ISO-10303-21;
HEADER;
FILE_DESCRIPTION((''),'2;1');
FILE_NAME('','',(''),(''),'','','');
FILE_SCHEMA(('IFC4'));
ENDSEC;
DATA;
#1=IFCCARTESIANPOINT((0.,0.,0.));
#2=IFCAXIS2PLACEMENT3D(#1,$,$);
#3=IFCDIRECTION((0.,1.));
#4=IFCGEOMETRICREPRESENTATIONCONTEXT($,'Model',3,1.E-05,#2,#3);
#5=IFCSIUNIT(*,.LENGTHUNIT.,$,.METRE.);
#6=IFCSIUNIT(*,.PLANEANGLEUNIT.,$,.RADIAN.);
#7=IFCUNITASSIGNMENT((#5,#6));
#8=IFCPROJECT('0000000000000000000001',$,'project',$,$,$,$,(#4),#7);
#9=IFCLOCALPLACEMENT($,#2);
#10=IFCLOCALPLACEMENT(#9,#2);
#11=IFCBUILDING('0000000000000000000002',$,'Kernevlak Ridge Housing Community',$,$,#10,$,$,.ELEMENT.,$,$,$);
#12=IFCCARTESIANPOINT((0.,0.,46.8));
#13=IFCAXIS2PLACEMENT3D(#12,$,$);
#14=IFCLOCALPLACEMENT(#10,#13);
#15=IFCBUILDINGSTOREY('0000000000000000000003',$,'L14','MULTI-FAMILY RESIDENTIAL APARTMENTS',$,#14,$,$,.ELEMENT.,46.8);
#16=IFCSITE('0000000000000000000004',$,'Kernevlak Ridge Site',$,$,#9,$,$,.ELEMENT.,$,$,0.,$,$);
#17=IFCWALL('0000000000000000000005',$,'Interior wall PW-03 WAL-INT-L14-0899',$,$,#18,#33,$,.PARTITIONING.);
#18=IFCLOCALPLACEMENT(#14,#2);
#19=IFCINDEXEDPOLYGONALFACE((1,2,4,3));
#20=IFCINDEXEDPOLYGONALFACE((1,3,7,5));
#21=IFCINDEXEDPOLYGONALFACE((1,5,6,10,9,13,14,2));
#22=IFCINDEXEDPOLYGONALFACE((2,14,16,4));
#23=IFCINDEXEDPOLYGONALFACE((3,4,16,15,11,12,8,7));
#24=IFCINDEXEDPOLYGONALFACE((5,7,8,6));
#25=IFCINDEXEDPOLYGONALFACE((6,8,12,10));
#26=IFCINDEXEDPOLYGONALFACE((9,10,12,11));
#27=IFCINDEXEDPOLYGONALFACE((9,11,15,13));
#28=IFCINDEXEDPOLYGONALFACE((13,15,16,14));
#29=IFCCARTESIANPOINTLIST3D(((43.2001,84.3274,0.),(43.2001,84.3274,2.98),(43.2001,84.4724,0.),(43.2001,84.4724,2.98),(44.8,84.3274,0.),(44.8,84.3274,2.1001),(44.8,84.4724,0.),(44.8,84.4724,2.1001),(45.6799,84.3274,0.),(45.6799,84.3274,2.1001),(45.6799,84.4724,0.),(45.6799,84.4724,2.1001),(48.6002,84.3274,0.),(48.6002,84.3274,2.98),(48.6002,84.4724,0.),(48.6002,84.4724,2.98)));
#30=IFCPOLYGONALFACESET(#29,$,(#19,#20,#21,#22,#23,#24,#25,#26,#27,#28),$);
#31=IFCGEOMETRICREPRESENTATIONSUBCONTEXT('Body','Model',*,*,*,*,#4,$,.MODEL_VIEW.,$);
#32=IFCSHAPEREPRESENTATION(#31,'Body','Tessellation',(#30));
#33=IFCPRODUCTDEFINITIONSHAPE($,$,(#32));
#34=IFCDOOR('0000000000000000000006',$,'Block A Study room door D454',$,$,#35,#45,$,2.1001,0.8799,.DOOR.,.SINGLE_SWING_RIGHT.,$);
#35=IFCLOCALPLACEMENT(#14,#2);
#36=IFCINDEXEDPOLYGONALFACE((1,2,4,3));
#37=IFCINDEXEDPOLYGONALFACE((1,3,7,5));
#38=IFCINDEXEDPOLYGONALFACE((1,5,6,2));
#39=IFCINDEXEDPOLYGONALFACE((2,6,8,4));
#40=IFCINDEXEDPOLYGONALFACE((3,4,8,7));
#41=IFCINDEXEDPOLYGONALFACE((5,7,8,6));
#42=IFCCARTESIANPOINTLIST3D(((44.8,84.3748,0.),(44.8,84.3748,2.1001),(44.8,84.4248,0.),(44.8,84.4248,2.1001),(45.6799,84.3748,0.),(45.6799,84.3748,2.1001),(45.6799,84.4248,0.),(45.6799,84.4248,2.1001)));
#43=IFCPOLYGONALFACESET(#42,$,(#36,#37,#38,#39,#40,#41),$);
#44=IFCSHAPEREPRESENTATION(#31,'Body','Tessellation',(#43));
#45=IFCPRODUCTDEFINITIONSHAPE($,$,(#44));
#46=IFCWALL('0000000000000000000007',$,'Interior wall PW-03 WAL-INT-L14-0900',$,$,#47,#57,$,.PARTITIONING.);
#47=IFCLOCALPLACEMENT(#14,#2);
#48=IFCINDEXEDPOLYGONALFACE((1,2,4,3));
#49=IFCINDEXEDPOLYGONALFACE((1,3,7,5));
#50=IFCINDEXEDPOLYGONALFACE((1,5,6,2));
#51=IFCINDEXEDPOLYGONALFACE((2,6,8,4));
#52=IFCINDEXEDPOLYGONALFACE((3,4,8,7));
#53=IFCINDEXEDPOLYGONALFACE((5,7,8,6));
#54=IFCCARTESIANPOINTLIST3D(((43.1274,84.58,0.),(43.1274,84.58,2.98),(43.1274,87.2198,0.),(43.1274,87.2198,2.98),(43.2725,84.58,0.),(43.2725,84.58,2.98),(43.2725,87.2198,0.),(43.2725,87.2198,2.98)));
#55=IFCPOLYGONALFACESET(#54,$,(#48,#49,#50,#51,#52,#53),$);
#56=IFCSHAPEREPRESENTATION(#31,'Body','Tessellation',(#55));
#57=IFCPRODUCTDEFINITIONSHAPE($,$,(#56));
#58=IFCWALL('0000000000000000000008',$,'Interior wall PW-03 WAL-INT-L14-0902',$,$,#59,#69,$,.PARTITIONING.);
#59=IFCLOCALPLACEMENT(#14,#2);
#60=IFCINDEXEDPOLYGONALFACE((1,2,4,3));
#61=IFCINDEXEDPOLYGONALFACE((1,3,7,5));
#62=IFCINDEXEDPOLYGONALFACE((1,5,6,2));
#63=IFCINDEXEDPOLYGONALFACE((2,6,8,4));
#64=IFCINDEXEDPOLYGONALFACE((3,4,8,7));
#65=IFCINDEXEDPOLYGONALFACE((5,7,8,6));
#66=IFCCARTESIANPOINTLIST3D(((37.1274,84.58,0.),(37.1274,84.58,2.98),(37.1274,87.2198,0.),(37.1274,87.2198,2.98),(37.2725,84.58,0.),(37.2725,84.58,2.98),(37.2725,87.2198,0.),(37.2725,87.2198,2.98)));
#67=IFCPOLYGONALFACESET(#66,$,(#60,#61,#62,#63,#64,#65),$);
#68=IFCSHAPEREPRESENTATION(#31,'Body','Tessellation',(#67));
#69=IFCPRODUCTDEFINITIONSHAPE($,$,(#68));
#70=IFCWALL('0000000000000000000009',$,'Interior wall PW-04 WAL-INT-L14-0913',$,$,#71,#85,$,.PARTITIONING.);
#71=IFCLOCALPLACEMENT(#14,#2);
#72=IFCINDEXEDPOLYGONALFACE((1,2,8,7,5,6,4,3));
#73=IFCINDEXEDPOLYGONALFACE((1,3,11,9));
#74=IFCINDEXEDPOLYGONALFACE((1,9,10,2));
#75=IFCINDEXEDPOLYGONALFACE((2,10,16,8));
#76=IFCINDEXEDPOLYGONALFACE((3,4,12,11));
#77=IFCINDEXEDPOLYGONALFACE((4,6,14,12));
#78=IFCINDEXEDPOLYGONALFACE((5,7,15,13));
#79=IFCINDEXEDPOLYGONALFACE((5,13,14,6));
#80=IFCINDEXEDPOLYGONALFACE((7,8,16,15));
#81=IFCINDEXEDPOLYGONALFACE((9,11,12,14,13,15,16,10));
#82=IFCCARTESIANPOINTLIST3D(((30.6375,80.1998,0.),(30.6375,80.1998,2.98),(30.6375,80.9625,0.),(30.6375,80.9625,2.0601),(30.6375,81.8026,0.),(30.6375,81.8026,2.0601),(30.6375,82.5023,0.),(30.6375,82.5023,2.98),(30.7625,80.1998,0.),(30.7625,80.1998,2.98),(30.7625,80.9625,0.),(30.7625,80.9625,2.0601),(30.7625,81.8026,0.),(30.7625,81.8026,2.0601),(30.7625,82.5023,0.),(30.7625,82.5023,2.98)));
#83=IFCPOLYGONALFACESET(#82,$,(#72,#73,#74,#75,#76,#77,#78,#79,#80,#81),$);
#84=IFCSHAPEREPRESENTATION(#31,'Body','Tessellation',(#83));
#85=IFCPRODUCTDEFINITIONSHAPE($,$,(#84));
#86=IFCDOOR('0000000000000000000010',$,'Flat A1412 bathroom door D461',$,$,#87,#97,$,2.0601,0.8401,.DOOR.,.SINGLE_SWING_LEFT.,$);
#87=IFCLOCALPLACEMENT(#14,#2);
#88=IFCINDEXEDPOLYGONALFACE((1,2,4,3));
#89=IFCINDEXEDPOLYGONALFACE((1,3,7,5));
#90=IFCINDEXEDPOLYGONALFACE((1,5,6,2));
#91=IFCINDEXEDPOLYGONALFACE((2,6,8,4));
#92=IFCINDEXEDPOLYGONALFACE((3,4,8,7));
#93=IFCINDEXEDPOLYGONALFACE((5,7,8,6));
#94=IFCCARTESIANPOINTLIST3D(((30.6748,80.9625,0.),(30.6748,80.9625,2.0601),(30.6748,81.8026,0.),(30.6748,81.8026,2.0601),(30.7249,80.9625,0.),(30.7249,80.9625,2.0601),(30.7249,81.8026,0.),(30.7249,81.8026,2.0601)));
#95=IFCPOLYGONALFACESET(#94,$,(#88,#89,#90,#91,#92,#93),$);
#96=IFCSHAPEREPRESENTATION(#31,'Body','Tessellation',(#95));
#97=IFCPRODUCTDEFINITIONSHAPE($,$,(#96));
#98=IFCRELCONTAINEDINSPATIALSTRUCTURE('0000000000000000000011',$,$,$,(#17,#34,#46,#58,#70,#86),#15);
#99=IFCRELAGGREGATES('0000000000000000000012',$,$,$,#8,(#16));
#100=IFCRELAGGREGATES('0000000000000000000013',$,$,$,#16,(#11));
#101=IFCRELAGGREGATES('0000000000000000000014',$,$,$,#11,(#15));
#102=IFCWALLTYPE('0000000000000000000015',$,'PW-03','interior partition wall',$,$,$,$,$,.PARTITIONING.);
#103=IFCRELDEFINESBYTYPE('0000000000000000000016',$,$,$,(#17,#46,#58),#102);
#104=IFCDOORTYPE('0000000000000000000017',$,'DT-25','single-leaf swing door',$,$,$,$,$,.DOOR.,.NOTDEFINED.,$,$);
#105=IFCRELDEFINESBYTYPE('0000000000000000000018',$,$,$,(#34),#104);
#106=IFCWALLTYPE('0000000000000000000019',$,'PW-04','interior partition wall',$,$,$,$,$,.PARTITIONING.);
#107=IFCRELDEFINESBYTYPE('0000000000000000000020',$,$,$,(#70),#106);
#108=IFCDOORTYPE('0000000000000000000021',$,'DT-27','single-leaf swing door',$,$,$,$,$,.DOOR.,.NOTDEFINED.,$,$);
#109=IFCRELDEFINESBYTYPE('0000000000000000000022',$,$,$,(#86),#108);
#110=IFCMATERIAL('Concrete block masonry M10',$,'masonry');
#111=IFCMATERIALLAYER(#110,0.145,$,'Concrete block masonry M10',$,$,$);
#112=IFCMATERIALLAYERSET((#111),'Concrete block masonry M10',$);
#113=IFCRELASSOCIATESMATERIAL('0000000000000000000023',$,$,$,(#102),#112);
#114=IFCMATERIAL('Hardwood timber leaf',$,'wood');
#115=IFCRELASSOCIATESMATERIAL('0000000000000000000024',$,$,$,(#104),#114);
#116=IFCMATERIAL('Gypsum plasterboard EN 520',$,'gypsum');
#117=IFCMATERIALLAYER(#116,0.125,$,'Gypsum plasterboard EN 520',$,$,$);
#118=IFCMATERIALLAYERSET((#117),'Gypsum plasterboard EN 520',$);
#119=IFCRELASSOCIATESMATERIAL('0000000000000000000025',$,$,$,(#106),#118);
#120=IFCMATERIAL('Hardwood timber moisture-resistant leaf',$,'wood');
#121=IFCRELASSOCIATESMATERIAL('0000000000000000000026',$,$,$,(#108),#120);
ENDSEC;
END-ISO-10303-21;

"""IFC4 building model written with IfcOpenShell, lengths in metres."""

from ifc_helpers import new_model, si_unit, direction, frame, frame_2d, origin, place, context, subcontext, project, spatial, rectangle, extrude, material, layer, layer_set, type_object, element, fill, save


model = new_model("IFC4")

# Units and contexts
model_context = context("Model", 3, precision=1e-05, world=origin(), true_north=direction((0.0, 1.0)))
body_context = subcontext(model_context, "Body", "Model", "MODEL_VIEW")
ifc_project = project(units=[si_unit("LENGTHUNIT", "METRE"), si_unit("PLANEANGLEUNIT", "RADIAN")], contexts=[model_context])

# Site, building, storey
site_placement = place(None, origin())
site = spatial("IfcSite", under=ifc_project, at=site_placement, Name="Kernevlak Ridge Site", CompositionType="ELEMENT", RefElevation=0.0)
building_placement = place(site_placement, origin())
building = spatial("IfcBuilding", under=site, at=building_placement, Name="Kernevlak Ridge Housing Community", CompositionType="ELEMENT")
storey_placement = place(building_placement, frame((0.0, 0.0, 46.8)))
storey = spatial("IfcBuildingStorey", under=building, at=storey_placement, Name="L14", Description="MULTI-FAMILY RESIDENTIAL APARTMENTS", CompositionType="ELEMENT", Elevation=46.8)

# Shared definitions
ifc_material_1 = material(Name="Concrete block masonry M10", Category="masonry")

# Wall, opening, door
ifc_layer_1 = layer(ifc_material_1, 0.145, Name="Concrete block masonry M10")
ifc_layer_set_1 = layer_set([ifc_layer_1], Name="Concrete block masonry M10")
wall_type_1 = type_object("IfcWallType", Name="PW-03", Description="interior partition wall", PredefinedType="PARTITIONING", material=ifc_layer_set_1)
ifc_material_2 = material(Name="Hardwood timber leaf", Category="wood")
wall_1_placement = place(storey_placement, frame((43.2, 84.3999, 0.0), z_axis=(0.0, 0.0, 1.0), x_axis=(1.0, 0.0, 0.0)))
wall_1 = element("IfcWall", 1, at=wall_1_placement, inside=storey, type_object=wall_type_1, Name="Interior wall PW-03 WAL-INT-L14-0899", PredefinedType="PARTITIONING", context=body_context, shape_type="SweptSolid", body=[
    extrude(rectangle(XDim=5.4001, YDim=0.145, at=frame_2d((2.7002, 0.0))), origin(), (0.0, 0.0, 1.0), 2.98),
])
opening_1_placement = place(wall_1_placement, frame((1.6001, 0.0, 0.0)))
opening_1 = element("IfcOpeningElement", 2, at=opening_1_placement, cuts=wall_1, PredefinedType="OPENING", context=body_context, shape_type="SweptSolid", body=[
    extrude(rectangle(XDim=0.8799, YDim=2.1001, at=frame_2d((0.4399, 1.05))), frame((0.0, 0.0825, 0.0), z_axis=(0.0, -1.0, 0.0), x_axis=(1.0, 0.0, 0.0)), (0.0, 0.0, 1.0), 0.165),
])
door_type_1 = type_object("IfcDoorType", Name="DT-25", Description="single-leaf swing door", OperationType="NOTDEFINED", PredefinedType="DOOR", material=ifc_material_2)
door_1_placement = place(opening_1_placement, origin())
door_1 = element("IfcDoor", 3, at=door_1_placement, inside=storey, type_object=door_type_1, Name="Block A Study room door D454", OperationType="SINGLE_SWING_RIGHT", OverallHeight=2.1001, OverallWidth=0.8799, PredefinedType="DOOR", context=body_context, shape_type="SweptSolid", body=[
    extrude(rectangle(XDim=0.8799, YDim=2.1001, at=frame_2d((0.4399, 1.05))), frame((0.0, 0.0249, 0.0), z_axis=(0.0, -1.0, 0.0), x_axis=(1.0, 0.0, 0.0)), (0.0, 0.0, 1.0), 0.05),
])
fill(opening_1, door_1)

# Walls
for number, where, z_axis, x_axis, name in (
    (4, (43.2, 84.5801, 0.0), (0.0, 0.0, 1.0), (0.0, 1.0, 0.0), "Interior wall PW-03 WAL-INT-L14-0900"),
    (5, (37.2, 84.5801, 0.0), (0.0, 0.0, 1.0), (0.0, 1.0, 0.0), "Interior wall PW-03 WAL-INT-L14-0902"),
):
    element("IfcWall", number, at=place(storey_placement, frame(where, z_axis=z_axis, x_axis=x_axis)), inside=storey, type_object=wall_type_1, Name=name, PredefinedType="PARTITIONING", context=body_context, shape_type="SweptSolid", body=[
        extrude(rectangle(XDim=2.6399, YDim=0.145, at=frame_2d((1.3198, 0.0))), origin(), (0.0, 0.0, 1.0), 2.98),
    ])

# Wall, opening, door
ifc_material_3 = material(Name="Gypsum plasterboard EN 520", Category="gypsum")
ifc_layer_2 = layer(ifc_material_3, 0.125, Name="Gypsum plasterboard EN 520")
ifc_layer_set_2 = layer_set([ifc_layer_2], Name="Gypsum plasterboard EN 520")
wall_type_2 = type_object("IfcWallType", Name="PW-04", Description="interior partition wall", PredefinedType="PARTITIONING", material=ifc_layer_set_2)
wall_2_placement = place(storey_placement, frame((30.7, 82.5024, 0.0), z_axis=(0.0, 0.0, 1.0), x_axis=(0.0, -1.0, 0.0)))
wall_2 = element("IfcWall", 6, at=wall_2_placement, inside=storey, type_object=wall_type_2, Name="Interior wall PW-04 WAL-INT-L14-0913", PredefinedType="PARTITIONING", context=body_context, shape_type="SweptSolid", body=[
    extrude(rectangle(XDim=2.3025, YDim=0.125, at=frame_2d((1.1514, 0.0))), origin(), (0.0, 0.0, 1.0), 2.98),
])
opening_2_placement = place(wall_2_placement, frame((0.7, 0.0, 0.0)))
opening_2 = element("IfcOpeningElement", 7, at=opening_2_placement, cuts=wall_2, PredefinedType="OPENING", context=body_context, shape_type="SweptSolid", body=[
    extrude(rectangle(XDim=0.8401, YDim=2.0601, at=frame_2d((0.4199, 1.03))), frame((0.0, 0.0725, 0.0), z_axis=(0.0, -1.0, 0.0), x_axis=(1.0, 0.0, 0.0)), (0.0, 0.0, 1.0), 0.145),
])
ifc_material_4 = material(Name="Hardwood timber moisture-resistant leaf", Category="wood")
door_type_2 = type_object("IfcDoorType", Name="DT-27", Description="single-leaf swing door", OperationType="NOTDEFINED", PredefinedType="DOOR", material=ifc_material_4)
door_2_placement = place(opening_2_placement, origin())
door_2 = element("IfcDoor", 8, at=door_2_placement, inside=storey, type_object=door_type_2, Name="Flat A1412 bathroom door D461", OperationType="SINGLE_SWING_LEFT", OverallHeight=2.0601, OverallWidth=0.8401, PredefinedType="DOOR", context=body_context, shape_type="SweptSolid", body=[
    extrude(rectangle(XDim=0.8401, YDim=2.0601, at=frame_2d((0.4199, 1.03))), frame((0.0, 0.0249, 0.0), z_axis=(0.0, -1.0, 0.0), x_axis=(1.0, 0.0, 0.0)), (0.0, 0.0, 1.0), 0.05),
])
fill(opening_2, door_2)

save(model, "model.ifc")
